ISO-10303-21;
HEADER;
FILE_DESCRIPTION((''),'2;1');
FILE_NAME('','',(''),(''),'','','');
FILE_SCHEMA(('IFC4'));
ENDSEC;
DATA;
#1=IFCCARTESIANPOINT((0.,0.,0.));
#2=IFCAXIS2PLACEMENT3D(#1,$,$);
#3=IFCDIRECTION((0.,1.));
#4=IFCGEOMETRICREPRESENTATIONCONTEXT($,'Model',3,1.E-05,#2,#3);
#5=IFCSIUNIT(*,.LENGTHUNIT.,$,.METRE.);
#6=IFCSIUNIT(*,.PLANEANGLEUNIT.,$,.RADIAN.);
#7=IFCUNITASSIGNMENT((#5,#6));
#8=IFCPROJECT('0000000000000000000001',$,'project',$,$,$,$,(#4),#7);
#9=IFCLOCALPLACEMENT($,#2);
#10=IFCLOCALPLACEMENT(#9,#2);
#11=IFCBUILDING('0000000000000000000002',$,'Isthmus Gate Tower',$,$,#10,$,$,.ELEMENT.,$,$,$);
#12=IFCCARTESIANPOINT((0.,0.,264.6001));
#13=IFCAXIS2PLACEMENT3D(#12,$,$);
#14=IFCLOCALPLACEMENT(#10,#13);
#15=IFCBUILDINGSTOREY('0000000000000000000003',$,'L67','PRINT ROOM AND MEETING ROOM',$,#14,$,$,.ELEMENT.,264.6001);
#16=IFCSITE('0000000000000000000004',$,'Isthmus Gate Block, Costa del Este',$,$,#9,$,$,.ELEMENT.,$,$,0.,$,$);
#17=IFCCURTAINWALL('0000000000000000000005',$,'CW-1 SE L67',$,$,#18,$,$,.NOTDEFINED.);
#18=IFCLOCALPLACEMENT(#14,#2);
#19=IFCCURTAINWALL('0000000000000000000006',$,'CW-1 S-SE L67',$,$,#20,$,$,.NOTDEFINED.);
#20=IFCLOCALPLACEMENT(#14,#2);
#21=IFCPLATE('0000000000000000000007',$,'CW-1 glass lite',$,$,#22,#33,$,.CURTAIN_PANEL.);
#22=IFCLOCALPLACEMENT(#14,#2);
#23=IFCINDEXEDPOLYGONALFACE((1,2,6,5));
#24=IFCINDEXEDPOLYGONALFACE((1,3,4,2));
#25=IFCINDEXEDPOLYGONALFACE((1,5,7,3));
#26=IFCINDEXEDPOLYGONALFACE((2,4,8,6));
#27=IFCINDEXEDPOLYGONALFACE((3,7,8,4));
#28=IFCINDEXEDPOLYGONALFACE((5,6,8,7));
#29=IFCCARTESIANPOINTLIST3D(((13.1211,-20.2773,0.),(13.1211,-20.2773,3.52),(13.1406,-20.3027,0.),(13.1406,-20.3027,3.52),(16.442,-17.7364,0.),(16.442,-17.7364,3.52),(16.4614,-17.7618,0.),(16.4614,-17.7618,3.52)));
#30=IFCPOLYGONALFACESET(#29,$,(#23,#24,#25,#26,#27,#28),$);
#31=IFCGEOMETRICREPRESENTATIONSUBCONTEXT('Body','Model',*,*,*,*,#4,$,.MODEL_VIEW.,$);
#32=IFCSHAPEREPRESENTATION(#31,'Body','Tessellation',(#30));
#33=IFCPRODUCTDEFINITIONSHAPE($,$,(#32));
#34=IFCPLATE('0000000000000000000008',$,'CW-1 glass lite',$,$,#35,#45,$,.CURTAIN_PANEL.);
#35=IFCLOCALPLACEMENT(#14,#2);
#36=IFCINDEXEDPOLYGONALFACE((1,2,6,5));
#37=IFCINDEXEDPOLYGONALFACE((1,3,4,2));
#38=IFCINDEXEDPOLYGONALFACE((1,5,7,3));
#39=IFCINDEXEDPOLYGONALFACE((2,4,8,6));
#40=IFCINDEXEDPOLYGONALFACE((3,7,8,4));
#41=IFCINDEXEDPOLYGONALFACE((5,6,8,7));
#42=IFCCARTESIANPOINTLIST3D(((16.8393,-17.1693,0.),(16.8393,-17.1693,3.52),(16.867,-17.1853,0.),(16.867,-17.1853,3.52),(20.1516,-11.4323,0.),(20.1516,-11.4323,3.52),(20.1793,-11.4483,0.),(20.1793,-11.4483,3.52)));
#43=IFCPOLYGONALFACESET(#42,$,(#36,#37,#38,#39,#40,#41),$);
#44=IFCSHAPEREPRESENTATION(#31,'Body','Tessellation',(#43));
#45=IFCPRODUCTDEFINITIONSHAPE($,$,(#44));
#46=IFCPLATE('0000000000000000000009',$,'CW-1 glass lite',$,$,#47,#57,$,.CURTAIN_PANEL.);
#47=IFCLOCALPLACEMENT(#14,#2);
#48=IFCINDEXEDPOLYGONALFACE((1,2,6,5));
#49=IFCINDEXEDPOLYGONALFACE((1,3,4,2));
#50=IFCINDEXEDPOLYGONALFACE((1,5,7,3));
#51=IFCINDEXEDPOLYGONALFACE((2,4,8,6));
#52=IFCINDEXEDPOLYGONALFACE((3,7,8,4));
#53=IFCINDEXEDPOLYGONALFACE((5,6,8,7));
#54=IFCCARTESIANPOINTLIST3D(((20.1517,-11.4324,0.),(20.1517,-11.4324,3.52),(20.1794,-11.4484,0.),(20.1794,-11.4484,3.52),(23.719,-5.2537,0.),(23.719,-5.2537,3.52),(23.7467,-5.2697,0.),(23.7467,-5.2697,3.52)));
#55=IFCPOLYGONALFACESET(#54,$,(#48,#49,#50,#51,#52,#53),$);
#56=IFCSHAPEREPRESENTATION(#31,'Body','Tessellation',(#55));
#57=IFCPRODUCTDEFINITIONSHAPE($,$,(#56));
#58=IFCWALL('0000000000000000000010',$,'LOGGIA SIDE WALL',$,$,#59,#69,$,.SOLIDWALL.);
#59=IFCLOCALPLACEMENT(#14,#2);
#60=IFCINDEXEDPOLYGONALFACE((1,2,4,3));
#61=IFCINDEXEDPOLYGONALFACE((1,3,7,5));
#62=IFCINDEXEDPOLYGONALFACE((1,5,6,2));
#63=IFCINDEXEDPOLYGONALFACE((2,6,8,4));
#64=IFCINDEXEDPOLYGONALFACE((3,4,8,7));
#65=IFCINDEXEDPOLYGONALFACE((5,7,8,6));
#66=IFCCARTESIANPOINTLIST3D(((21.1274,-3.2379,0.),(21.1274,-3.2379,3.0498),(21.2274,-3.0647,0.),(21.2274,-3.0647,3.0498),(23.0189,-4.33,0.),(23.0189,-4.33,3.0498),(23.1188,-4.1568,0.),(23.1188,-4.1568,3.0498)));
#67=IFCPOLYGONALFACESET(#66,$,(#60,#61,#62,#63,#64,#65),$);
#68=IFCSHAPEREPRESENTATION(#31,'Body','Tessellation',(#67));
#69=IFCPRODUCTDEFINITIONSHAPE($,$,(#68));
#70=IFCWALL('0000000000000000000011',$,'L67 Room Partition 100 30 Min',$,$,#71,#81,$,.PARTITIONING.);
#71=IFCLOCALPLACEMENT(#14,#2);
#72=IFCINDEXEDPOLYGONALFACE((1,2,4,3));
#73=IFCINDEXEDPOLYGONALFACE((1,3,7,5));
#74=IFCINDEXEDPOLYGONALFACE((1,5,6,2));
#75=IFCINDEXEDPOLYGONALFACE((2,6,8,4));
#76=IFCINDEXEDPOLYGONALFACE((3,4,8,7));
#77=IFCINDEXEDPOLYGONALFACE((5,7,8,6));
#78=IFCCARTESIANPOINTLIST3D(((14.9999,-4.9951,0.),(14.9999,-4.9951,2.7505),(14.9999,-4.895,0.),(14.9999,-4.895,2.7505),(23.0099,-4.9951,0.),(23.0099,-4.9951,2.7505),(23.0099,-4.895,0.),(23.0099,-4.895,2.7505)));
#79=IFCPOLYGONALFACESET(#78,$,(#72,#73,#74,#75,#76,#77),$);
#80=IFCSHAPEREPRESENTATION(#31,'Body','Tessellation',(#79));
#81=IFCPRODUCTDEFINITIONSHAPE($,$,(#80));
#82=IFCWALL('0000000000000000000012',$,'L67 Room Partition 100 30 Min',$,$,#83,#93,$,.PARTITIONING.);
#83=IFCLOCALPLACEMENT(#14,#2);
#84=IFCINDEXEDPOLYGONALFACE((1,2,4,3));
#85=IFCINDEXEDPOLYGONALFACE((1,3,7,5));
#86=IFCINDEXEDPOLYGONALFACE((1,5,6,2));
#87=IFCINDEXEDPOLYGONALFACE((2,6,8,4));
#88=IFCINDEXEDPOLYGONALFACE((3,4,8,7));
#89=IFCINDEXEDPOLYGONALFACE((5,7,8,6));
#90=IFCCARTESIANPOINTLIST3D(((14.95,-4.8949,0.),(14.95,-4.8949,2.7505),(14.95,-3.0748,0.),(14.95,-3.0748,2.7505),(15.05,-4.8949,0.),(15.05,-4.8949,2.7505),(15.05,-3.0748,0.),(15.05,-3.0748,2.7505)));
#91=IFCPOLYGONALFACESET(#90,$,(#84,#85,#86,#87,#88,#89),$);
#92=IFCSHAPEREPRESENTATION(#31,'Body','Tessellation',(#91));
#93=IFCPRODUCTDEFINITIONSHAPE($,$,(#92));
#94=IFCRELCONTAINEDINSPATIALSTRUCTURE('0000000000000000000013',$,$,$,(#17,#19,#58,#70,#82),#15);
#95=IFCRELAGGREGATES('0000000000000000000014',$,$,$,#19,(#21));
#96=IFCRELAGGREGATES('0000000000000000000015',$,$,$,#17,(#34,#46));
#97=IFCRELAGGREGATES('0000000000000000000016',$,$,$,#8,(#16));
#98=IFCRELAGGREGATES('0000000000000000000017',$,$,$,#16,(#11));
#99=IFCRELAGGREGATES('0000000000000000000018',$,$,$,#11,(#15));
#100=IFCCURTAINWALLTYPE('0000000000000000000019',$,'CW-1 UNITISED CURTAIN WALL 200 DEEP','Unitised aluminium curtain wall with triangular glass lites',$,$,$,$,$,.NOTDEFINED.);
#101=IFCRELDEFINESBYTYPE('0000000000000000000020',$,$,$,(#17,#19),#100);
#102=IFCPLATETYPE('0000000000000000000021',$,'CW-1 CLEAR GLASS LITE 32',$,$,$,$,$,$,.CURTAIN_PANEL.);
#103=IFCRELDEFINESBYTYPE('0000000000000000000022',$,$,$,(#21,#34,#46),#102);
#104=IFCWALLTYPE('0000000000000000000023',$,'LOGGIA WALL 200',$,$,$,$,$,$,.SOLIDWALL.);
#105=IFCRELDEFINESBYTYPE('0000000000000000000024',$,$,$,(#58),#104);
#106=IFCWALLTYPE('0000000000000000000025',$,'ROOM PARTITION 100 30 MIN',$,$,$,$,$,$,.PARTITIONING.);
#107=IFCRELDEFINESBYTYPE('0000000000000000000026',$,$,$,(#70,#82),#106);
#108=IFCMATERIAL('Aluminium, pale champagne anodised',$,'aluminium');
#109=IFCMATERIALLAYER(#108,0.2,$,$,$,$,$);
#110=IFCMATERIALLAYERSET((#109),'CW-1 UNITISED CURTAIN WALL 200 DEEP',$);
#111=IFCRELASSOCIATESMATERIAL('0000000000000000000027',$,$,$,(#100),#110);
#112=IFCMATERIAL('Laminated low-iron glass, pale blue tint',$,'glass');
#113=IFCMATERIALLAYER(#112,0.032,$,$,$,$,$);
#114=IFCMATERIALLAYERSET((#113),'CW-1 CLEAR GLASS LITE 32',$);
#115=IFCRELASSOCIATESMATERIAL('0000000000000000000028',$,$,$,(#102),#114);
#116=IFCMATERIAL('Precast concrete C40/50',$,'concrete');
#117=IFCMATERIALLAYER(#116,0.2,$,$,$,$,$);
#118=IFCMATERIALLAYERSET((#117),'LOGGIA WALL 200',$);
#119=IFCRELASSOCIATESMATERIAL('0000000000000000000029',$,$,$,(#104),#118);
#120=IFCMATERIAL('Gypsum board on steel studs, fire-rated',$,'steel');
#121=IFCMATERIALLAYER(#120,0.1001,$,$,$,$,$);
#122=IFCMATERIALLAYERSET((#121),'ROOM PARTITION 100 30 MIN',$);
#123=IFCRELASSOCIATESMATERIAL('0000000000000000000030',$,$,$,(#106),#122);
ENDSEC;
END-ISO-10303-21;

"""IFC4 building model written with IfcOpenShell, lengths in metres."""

from ifc_helpers import new_model, si_unit, direction, frame, frame_2d, origin, origin_2d, place, context, subcontext, project, spatial, rectangle, extrude, material, layer, layer_set, type_object, element, aggregate, save


model = new_model("IFC4")

# Units and contexts
model_context = context("Model", 3, precision=1e-05, world=origin(), true_north=direction((0.0, 1.0)))
body_context = subcontext(model_context, "Body", "Model", "MODEL_VIEW")
ifc_project = project(units=[si_unit("LENGTHUNIT", "METRE"), si_unit("PLANEANGLEUNIT", "RADIAN")], contexts=[model_context])

# Site, building, storey
site_placement = place(None, origin())
site = spatial("IfcSite", under=ifc_project, at=site_placement, Name="Isthmus Gate Block, Costa del Este", CompositionType="ELEMENT", RefElevation=0.0)
building_placement = place(site_placement, origin())
building = spatial("IfcBuilding", under=site, at=building_placement, Name="Isthmus Gate Tower", CompositionType="ELEMENT")
storey_placement = place(building_placement, frame((0.0, 0.0, 264.6001)))
storey = spatial("IfcBuildingStorey", under=building, at=storey_placement, Name="L67", Description="PRINT ROOM AND MEETING ROOM", CompositionType="ELEMENT", Elevation=264.6001)

# Curtain wall
ifc_material_1 = material(Name="Aluminium, pale champagne anodised", Category="aluminium")
ifc_layer_1 = layer(ifc_material_1, 0.2)
ifc_layer_set_1 = layer_set([ifc_layer_1], Name="CW-1 UNITISED CURTAIN WALL 200 DEEP")
curtain_wall_type_1 = type_object("IfcCurtainWallType", Name="CW-1 UNITISED CURTAIN WALL 200 DEEP", Description="Unitised aluminium curtain wall with triangular glass lites", PredefinedType="NOTDEFINED", material=ifc_layer_set_1)
curtain_wall_1_placement = place(storey_placement, origin())
curtain_wall_1 = element("IfcCurtainWall", 1, at=curtain_wall_1_placement, inside=storey, type_object=curtain_wall_type_1, Name="CW-1 SE L67", PredefinedType="NOTDEFINED")

# Curtain wall, plate
curtain_wall_2_placement = place(storey_placement, origin())
curtain_wall_2 = element("IfcCurtainWall", 2, at=curtain_wall_2_placement, inside=storey, type_object=curtain_wall_type_1, Name="CW-1 S-SE L67", PredefinedType="NOTDEFINED")
ifc_material_2 = material(Name="Laminated low-iron glass, pale blue tint", Category="glass")
ifc_layer_2 = layer(ifc_material_2, 0.032)
ifc_layer_set_2 = layer_set([ifc_layer_2], Name="CW-1 CLEAR GLASS LITE 32")
plate_type = type_object("IfcPlateType", Name="CW-1 CLEAR GLASS LITE 32", PredefinedType="CURTAIN_PANEL", material=ifc_layer_set_2)
plate_1_placement = place(storey_placement, frame((14.7913, -19.0195, 0.0), z_axis=(0.0, 0.0, 1.0), x_axis=(0.794189, 0.607671, 0.0)))
plate_1 = element("IfcPlate", 3, at=plate_1_placement, type_object=plate_type, Name="CW-1 glass lite", PredefinedType="CURTAIN_PANEL", context=body_context, shape_type="SweptSolid", body=[
    extrude(rectangle(XDim=4.1814, YDim=0.032, at=origin_2d()), origin(), (0.0, 0.0, 1.0), 3.52),
])
aggregate(curtain_wall_2, [plate_1])

# Plates
plate_2_placement = place(storey_placement, frame((18.5093, -14.3088, 0.0), z_axis=(0.0, 0.0, 1.0), x_axis=(0.5, 0.866025, 0.0)))
plate_2 = element("IfcPlate", 4, at=plate_2_placement, type_object=plate_type, Name="CW-1 glass lite", PredefinedType="CURTAIN_PANEL", context=body_context, shape_type="SweptSolid", body=[
    extrude(rectangle(XDim=6.6245, YDim=0.032, at=origin_2d()), origin(), (0.0, 0.0, 1.0), 3.52),
])
plate_3_placement = place(storey_placement, frame((21.9492, -8.3511, 0.0), z_axis=(0.0, 0.0, 1.0), x_axis=(0.5, 0.866025, 0.0)))
plate_3 = element("IfcPlate", 5, at=plate_3_placement, type_object=plate_type, Name="CW-1 glass lite", PredefinedType="CURTAIN_PANEL", context=body_context, shape_type="SweptSolid", body=[
    extrude(rectangle(XDim=7.1345, YDim=0.032, at=origin_2d()), origin(), (0.0, 0.0, 1.0), 3.52),
])
aggregate(curtain_wall_1, [plate_2, plate_3])

# Walls
ifc_material_3 = material(Name="Precast concrete C40/50", Category="concrete")
ifc_layer_3 = layer(ifc_material_3, 0.2)
ifc_layer_set_3 = layer_set([ifc_layer_3], Name="LOGGIA WALL 200")
wall_type_1 = type_object("IfcWallType", Name="LOGGIA WALL 200", PredefinedType="SOLIDWALL", material=ifc_layer_set_3)
wall_1_placement = place(storey_placement, frame((23.0688, -4.2434, 0.0), z_axis=(0.0, 0.0, 1.0), x_axis=(-0.866012, 0.500022, 0.0)))
element("IfcWall", 6, at=wall_1_placement, inside=storey, type_object=wall_type_1, Name="LOGGIA SIDE WALL", PredefinedType="SOLIDWALL", context=body_context, shape_type="SweptSolid", body=[
    extrude(rectangle(XDim=2.1841, YDim=0.2, at=frame_2d((1.092, 0.0))), origin(), (0.0, 0.0, 1.0), 3.0498),
])
ifc_material_4 = material(Name="Gypsum board on steel studs, fire-rated", Category="steel")
ifc_layer_4 = layer(ifc_material_4, 0.1001)
ifc_layer_set_4 = layer_set([ifc_layer_4], Name="ROOM PARTITION 100 30 MIN")
wall_type_2 = type_object("IfcWallType", Name="ROOM PARTITION 100 30 MIN", PredefinedType="PARTITIONING", material=ifc_layer_set_4)
wall_2_placement = place(storey_placement, frame((15.0, -4.9451, 0.0), z_axis=(0.0, 0.0, 1.0), x_axis=(1.0, 0.0, 0.0)))
element("IfcWall", 7, at=wall_2_placement, inside=storey, type_object=wall_type_2, Name="L67 Room Partition 100 30 Min", PredefinedType="PARTITIONING", context=body_context, shape_type="SweptSolid", body=[
    extrude(rectangle(XDim=8.01, YDim=0.1001, at=frame_2d((4.0049, 0.0))), origin(), (0.0, 0.0, 1.0), 2.7505),
])
wall_3_placement = place(storey_placement, frame((15.0, -4.895, 0.0), z_axis=(0.0, 0.0, 1.0), x_axis=(0.0, 1.0, 0.0)))
element("IfcWall", 8, at=wall_3_placement, inside=storey, type_object=wall_type_2, Name="L67 Room Partition 100 30 Min", PredefinedType="PARTITIONING", context=body_context, shape_type="SweptSolid", body=[
    extrude(rectangle(XDim=1.8201, YDim=0.1001, at=frame_2d((0.9102, 0.0))), origin(), (0.0, 0.0, 1.0), 2.7505),
])

save(model, "model.ifc")
